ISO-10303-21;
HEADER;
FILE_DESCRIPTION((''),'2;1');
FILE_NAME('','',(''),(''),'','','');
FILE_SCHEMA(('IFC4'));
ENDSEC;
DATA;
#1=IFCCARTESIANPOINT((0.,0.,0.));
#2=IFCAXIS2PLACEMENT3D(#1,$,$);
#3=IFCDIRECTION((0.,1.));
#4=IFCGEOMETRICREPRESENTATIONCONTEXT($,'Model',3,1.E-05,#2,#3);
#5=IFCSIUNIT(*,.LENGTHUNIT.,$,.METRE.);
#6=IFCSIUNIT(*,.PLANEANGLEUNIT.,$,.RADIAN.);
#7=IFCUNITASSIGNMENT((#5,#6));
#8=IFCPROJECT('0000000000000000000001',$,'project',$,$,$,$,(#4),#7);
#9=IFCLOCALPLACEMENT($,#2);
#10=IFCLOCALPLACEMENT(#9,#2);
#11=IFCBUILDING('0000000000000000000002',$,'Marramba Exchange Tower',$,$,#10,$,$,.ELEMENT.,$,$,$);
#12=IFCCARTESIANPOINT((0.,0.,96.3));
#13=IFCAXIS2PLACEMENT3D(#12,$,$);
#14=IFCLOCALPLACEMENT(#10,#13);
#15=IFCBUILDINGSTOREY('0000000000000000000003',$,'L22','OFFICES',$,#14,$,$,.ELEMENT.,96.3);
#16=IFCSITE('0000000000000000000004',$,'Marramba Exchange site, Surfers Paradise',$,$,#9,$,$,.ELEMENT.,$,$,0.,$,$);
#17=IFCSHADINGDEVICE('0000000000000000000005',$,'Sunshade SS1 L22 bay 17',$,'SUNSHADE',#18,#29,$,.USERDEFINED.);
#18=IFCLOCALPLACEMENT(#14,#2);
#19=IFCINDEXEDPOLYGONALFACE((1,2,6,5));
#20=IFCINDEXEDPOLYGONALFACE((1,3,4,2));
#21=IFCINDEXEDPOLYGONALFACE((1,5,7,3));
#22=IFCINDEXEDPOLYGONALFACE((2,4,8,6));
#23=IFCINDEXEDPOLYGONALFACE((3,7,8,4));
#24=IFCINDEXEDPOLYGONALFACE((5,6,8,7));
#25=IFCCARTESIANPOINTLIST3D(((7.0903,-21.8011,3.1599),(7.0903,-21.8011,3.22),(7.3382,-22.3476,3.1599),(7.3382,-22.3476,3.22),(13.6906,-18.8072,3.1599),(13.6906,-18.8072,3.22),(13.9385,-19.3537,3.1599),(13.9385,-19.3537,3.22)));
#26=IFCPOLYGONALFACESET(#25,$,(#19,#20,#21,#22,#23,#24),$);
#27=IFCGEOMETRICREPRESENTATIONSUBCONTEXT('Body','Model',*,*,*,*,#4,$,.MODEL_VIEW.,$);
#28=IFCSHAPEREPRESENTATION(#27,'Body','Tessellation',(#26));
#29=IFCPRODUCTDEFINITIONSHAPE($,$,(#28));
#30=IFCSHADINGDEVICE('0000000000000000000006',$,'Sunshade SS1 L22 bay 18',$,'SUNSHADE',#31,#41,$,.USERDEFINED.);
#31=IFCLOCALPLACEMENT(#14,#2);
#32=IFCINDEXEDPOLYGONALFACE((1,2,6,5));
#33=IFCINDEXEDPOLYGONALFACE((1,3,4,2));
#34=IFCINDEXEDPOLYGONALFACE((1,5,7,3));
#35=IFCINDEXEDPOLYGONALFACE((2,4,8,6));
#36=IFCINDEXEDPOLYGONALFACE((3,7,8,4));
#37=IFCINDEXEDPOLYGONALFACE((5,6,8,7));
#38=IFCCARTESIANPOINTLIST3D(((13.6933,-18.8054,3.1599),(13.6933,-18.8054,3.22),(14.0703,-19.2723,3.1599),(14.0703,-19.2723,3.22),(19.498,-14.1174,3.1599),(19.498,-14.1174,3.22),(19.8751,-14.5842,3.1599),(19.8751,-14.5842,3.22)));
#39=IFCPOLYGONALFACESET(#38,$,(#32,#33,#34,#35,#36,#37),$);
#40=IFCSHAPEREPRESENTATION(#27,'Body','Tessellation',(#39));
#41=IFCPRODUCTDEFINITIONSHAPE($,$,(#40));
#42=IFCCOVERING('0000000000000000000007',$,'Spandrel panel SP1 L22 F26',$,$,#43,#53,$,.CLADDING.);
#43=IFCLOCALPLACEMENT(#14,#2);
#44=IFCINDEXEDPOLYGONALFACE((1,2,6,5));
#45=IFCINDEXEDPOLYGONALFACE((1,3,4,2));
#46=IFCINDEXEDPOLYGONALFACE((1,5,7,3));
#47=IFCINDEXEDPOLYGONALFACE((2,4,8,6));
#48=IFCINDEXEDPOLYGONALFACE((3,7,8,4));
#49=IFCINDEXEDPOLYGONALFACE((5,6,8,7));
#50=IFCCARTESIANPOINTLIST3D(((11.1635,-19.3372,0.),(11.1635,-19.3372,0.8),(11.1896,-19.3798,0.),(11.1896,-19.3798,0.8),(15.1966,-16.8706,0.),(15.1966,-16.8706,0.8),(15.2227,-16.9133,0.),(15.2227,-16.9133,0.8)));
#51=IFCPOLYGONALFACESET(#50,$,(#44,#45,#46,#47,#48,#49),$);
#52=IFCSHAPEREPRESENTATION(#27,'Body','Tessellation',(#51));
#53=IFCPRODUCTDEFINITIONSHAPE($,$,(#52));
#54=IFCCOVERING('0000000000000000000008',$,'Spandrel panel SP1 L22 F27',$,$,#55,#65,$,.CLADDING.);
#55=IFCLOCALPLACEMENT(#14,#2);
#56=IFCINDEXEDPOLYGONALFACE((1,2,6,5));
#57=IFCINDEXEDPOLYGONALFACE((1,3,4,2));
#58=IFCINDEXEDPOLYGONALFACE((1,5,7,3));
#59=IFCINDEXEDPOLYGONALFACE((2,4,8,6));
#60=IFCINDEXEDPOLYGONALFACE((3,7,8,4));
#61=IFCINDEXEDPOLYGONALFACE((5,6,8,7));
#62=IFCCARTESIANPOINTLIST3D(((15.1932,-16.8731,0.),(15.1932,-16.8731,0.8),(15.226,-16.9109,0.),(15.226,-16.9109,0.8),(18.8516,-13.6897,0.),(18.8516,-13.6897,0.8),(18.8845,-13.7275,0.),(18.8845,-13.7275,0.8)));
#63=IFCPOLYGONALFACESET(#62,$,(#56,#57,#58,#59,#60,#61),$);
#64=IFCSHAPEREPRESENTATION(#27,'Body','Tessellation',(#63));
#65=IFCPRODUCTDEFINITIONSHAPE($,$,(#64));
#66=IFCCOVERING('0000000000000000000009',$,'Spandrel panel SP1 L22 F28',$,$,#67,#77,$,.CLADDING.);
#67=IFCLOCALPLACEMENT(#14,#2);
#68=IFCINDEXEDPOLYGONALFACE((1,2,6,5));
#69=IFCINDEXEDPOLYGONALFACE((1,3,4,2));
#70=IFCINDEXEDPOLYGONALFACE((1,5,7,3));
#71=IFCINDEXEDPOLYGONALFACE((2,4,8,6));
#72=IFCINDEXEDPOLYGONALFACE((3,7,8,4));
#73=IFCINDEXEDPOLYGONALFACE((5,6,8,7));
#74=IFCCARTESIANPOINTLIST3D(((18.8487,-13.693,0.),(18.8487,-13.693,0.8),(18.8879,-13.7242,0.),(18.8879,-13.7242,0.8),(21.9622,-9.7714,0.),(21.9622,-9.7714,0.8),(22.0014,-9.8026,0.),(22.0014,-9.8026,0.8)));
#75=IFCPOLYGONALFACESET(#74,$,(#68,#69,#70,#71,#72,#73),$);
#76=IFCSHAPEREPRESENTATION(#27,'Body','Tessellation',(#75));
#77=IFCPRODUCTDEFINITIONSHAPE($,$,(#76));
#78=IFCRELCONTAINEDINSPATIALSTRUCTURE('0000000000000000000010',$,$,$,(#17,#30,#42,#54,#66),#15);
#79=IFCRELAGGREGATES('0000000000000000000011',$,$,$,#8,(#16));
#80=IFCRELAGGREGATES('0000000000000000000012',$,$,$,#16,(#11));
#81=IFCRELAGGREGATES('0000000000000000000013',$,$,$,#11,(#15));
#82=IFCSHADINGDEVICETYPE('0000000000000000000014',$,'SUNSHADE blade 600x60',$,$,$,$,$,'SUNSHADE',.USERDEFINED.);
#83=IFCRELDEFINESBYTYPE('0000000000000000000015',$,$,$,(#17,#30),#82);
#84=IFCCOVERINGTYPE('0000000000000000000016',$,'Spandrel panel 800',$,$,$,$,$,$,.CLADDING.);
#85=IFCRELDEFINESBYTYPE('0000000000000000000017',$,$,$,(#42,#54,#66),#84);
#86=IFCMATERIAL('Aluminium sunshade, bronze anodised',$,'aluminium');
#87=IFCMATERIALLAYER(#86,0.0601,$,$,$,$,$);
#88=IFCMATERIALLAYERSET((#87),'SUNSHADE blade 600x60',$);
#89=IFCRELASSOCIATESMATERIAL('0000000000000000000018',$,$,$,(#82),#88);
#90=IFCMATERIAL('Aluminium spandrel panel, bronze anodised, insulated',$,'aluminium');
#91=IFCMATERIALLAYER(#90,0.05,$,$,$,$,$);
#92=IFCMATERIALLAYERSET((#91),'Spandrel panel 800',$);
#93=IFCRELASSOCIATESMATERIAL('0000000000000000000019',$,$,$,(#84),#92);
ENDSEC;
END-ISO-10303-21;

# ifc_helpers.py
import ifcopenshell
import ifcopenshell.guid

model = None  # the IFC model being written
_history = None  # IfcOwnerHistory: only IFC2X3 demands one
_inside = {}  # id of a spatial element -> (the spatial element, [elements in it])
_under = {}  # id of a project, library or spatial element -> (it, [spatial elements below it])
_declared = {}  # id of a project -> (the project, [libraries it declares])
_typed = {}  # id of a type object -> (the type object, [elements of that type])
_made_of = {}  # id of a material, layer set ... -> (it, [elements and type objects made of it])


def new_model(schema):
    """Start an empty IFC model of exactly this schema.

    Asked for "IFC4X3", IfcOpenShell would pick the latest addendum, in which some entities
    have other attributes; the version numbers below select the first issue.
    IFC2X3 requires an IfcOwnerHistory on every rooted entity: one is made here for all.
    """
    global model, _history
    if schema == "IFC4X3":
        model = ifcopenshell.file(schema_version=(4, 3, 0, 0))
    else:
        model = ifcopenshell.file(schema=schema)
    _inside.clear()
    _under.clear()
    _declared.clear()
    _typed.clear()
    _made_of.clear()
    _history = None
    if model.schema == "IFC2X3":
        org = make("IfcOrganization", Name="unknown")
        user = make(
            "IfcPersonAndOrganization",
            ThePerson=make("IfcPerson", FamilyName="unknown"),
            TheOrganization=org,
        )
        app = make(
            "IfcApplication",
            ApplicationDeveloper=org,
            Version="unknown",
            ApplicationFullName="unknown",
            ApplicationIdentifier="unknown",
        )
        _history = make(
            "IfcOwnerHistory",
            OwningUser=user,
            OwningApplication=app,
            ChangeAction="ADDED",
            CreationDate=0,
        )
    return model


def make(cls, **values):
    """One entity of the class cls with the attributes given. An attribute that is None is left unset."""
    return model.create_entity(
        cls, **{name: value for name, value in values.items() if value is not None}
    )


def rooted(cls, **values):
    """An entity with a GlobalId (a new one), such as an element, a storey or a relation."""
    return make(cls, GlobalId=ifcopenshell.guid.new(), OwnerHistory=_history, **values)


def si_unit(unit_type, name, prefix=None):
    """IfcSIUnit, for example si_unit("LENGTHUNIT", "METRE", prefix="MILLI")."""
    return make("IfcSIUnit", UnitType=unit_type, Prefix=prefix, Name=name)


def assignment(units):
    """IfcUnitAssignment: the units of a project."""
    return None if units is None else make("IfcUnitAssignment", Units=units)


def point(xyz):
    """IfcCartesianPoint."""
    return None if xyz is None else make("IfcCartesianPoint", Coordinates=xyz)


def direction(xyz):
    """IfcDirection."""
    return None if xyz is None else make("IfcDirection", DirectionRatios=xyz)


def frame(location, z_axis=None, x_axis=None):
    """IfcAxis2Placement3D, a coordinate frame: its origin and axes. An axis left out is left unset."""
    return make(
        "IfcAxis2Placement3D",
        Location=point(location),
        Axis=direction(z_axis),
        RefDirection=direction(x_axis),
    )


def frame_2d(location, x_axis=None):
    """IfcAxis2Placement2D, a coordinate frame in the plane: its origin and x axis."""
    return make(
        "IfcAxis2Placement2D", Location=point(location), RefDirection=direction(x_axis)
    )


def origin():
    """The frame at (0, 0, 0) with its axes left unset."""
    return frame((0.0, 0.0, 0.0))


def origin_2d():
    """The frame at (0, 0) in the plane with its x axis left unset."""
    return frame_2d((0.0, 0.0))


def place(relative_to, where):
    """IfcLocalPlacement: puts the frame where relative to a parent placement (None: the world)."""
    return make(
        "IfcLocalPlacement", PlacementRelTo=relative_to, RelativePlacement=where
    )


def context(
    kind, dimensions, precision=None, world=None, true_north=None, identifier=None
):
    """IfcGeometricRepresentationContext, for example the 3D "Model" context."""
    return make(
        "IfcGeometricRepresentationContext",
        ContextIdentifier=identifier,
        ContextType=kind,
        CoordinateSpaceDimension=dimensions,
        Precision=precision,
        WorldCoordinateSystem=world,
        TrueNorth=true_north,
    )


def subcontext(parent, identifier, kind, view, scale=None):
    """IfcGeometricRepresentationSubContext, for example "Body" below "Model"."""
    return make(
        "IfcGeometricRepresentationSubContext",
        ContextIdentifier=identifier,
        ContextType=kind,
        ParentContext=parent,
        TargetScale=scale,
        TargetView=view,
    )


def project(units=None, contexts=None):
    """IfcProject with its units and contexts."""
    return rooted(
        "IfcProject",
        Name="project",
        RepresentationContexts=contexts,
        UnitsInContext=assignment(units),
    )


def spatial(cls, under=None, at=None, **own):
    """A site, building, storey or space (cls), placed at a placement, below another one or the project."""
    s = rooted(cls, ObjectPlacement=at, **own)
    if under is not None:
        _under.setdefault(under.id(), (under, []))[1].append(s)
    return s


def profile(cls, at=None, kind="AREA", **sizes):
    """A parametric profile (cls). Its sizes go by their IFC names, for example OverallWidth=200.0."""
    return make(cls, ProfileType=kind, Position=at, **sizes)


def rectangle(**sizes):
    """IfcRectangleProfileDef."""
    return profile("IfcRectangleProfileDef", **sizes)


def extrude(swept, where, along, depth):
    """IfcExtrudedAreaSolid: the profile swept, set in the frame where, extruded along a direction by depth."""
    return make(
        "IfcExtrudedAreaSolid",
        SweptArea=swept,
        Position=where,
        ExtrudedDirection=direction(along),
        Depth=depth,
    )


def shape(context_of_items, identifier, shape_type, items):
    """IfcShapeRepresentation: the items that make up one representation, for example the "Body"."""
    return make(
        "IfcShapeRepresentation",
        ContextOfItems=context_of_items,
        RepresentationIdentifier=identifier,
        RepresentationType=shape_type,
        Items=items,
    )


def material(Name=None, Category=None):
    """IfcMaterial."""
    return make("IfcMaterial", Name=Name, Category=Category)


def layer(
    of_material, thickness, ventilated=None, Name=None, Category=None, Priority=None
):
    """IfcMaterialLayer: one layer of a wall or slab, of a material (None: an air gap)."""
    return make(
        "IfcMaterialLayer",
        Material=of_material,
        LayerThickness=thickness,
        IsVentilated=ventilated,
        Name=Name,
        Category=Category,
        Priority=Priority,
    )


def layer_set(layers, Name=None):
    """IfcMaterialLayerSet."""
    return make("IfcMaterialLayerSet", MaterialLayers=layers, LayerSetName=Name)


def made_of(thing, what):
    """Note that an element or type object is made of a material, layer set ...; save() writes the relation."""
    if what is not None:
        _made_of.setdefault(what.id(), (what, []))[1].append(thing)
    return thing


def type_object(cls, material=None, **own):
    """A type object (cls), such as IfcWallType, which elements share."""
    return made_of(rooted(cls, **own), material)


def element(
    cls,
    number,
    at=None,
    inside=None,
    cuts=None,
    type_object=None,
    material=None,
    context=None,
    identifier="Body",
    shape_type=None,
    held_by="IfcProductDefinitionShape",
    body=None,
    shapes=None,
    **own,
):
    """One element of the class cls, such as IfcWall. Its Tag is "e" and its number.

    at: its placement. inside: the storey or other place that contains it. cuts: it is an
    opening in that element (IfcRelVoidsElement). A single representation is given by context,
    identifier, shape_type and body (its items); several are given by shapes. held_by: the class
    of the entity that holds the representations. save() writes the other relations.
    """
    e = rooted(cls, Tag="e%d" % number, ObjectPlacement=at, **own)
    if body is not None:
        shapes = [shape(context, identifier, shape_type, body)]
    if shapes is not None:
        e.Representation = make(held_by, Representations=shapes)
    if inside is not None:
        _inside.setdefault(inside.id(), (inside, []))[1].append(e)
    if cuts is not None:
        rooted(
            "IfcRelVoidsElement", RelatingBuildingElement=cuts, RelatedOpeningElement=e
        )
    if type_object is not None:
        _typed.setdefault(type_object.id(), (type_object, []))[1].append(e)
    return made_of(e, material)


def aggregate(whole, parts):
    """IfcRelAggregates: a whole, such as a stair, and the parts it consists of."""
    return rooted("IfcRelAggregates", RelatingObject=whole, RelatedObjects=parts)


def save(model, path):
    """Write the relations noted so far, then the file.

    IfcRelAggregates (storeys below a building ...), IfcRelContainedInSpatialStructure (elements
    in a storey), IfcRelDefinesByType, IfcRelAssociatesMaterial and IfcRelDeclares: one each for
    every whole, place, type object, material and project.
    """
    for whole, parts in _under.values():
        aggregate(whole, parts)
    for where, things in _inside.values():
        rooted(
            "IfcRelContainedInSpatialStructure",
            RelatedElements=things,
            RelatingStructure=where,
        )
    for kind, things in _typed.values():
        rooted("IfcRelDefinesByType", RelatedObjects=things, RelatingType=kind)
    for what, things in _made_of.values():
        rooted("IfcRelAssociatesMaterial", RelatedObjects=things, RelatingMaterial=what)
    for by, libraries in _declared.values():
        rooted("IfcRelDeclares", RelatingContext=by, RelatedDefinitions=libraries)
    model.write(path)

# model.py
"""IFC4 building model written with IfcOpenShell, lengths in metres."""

from ifc_helpers import new_model, si_unit, direction, frame, origin, origin_2d, place, context, subcontext, project, spatial, rectangle, extrude, material, layer, layer_set, type_object, element, save


model = new_model("IFC4")

# Units and contexts
model_context = context("Model", 3, precision=1e-05, world=origin(), true_north=direction((0.0, 1.0)))
body_context = subcontext(model_context, "Body", "Model", "MODEL_VIEW")
ifc_project = project(units=[si_unit("LENGTHUNIT", "METRE"), si_unit("PLANEANGLEUNIT", "RADIAN")], contexts=[model_context])

# Site, building, storey
site_placement = place(None, origin())
site = spatial("IfcSite", under=ifc_project, at=site_placement, Name="Marramba Exchange site, Surfers Paradise", CompositionType="ELEMENT", RefElevation=0.0)
building_placement = place(site_placement, origin())
building = spatial("IfcBuilding", under=site, at=building_placement, Name="Marramba Exchange Tower", CompositionType="ELEMENT")
storey_placement = place(building_placement, frame((0.0, 0.0, 96.3)))
storey = spatial("IfcBuildingStorey", under=building, at=storey_placement, Name="L22", Description="OFFICES", CompositionType="ELEMENT", Elevation=96.3)

# Shading devices
ifc_material_1 = material(Name="Aluminium sunshade, bronze anodised", Category="aluminium")
ifc_layer_1 = layer(ifc_material_1, 0.0601)
ifc_layer_set_1 = layer_set([ifc_layer_1], Name="SUNSHADE blade 600x60")
shading_device_type_1 = type_object("IfcShadingDeviceType", Name="SUNSHADE blade 600x60", ElementType="SUNSHADE", PredefinedType="USERDEFINED", material=ifc_layer_set_1)
shading_device_1_placement = place(storey_placement, frame((10.5144, -20.5774, 3.1599), z_axis=(0.0, 0.0, 1.0), x_axis=(0.910692, 0.413086, 0.0)))
element("IfcShadingDevice", 1, at=shading_device_1_placement, inside=storey, type_object=shading_device_type_1, Name="Sunshade SS1 L22 bay 17", ObjectType="SUNSHADE", PredefinedType="USERDEFINED", context=body_context, shape_type="SweptSolid", body=[
    extrude(rectangle(XDim=7.2476, YDim=0.6001, at=origin_2d()), origin(), (0.0, 0.0, 1.0), 0.0601),
])
shading_device_2_placement = place(storey_placement, frame((16.7842, -16.6948, 3.1599), z_axis=(0.0, 0.0, 1.0), x_axis=(0.777962, 0.628311, 0.0)))
element("IfcShadingDevice", 2, at=shading_device_2_placement, inside=storey, type_object=shading_device_type_1, Name="Sunshade SS1 L22 bay 18", ObjectType="SUNSHADE", PredefinedType="USERDEFINED", context=body_context, shape_type="SweptSolid", body=[
    extrude(rectangle(XDim=7.4614, YDim=0.6001, at=origin_2d()), origin(), (0.0, 0.0, 1.0), 0.0601),
])

# Coverings
ifc_material_2 = material(Name="Aluminium spandrel panel, bronze anodised, insulated", Category="aluminium")
ifc_layer_2 = layer(ifc_material_2, 0.05)
ifc_layer_set_2 = layer_set([ifc_layer_2], Name="Spandrel panel 800")
covering_type = type_object("IfcCoveringType", Name="Spandrel panel 800", PredefinedType="CLADDING", material=ifc_layer_set_2)
covering_1_placement = place(storey_placement, frame((13.1931, -18.1252, 0.0), z_axis=(0.0, 0.0, 1.0), x_axis=(0.853109, 0.521733, 0.0)))
element("IfcCovering", 3, at=covering_1_placement, inside=storey, type_object=covering_type, Name="Spandrel panel SP1 L22 F26", PredefinedType="CLADDING", context=body_context, shape_type="SweptSolid", body=[
    extrude(rectangle(XDim=4.7275, YDim=0.05, at=origin_2d()), origin(), (0.0, 0.0, 1.0), 0.8),
])
covering_2_placement = place(storey_placement, frame((17.0388, -15.3003, 0.0), z_axis=(0.0, 0.0, 1.0), x_axis=(0.754386, 0.656432, 0.0)))
element("IfcCovering", 4, at=covering_2_placement, inside=storey, type_object=covering_type, Name="Spandrel panel SP1 L22 F27", PredefinedType="CLADDING", context=body_context, shape_type="SweptSolid", body=[
    extrude(rectangle(XDim=4.8496, YDim=0.05, at=origin_2d()), origin(), (0.0, 0.0, 1.0), 0.8),
])
covering_3_placement = place(storey_placement, frame((20.425, -11.7478, 0.0), z_axis=(0.0, 0.0, 1.0), x_axis=(0.621807, 0.78317, 0.0)))
element("IfcCovering", 5, at=covering_3_placement, inside=storey, type_object=covering_type, Name="Spandrel panel SP1 L22 F28", PredefinedType="CLADDING", context=body_context, shape_type="SweptSolid", body=[
    extrude(rectangle(XDim=5.0073, YDim=0.05, at=origin_2d()), origin(), (0.0, 0.0, 1.0), 0.8),
])

save(model, "model.ifc")
